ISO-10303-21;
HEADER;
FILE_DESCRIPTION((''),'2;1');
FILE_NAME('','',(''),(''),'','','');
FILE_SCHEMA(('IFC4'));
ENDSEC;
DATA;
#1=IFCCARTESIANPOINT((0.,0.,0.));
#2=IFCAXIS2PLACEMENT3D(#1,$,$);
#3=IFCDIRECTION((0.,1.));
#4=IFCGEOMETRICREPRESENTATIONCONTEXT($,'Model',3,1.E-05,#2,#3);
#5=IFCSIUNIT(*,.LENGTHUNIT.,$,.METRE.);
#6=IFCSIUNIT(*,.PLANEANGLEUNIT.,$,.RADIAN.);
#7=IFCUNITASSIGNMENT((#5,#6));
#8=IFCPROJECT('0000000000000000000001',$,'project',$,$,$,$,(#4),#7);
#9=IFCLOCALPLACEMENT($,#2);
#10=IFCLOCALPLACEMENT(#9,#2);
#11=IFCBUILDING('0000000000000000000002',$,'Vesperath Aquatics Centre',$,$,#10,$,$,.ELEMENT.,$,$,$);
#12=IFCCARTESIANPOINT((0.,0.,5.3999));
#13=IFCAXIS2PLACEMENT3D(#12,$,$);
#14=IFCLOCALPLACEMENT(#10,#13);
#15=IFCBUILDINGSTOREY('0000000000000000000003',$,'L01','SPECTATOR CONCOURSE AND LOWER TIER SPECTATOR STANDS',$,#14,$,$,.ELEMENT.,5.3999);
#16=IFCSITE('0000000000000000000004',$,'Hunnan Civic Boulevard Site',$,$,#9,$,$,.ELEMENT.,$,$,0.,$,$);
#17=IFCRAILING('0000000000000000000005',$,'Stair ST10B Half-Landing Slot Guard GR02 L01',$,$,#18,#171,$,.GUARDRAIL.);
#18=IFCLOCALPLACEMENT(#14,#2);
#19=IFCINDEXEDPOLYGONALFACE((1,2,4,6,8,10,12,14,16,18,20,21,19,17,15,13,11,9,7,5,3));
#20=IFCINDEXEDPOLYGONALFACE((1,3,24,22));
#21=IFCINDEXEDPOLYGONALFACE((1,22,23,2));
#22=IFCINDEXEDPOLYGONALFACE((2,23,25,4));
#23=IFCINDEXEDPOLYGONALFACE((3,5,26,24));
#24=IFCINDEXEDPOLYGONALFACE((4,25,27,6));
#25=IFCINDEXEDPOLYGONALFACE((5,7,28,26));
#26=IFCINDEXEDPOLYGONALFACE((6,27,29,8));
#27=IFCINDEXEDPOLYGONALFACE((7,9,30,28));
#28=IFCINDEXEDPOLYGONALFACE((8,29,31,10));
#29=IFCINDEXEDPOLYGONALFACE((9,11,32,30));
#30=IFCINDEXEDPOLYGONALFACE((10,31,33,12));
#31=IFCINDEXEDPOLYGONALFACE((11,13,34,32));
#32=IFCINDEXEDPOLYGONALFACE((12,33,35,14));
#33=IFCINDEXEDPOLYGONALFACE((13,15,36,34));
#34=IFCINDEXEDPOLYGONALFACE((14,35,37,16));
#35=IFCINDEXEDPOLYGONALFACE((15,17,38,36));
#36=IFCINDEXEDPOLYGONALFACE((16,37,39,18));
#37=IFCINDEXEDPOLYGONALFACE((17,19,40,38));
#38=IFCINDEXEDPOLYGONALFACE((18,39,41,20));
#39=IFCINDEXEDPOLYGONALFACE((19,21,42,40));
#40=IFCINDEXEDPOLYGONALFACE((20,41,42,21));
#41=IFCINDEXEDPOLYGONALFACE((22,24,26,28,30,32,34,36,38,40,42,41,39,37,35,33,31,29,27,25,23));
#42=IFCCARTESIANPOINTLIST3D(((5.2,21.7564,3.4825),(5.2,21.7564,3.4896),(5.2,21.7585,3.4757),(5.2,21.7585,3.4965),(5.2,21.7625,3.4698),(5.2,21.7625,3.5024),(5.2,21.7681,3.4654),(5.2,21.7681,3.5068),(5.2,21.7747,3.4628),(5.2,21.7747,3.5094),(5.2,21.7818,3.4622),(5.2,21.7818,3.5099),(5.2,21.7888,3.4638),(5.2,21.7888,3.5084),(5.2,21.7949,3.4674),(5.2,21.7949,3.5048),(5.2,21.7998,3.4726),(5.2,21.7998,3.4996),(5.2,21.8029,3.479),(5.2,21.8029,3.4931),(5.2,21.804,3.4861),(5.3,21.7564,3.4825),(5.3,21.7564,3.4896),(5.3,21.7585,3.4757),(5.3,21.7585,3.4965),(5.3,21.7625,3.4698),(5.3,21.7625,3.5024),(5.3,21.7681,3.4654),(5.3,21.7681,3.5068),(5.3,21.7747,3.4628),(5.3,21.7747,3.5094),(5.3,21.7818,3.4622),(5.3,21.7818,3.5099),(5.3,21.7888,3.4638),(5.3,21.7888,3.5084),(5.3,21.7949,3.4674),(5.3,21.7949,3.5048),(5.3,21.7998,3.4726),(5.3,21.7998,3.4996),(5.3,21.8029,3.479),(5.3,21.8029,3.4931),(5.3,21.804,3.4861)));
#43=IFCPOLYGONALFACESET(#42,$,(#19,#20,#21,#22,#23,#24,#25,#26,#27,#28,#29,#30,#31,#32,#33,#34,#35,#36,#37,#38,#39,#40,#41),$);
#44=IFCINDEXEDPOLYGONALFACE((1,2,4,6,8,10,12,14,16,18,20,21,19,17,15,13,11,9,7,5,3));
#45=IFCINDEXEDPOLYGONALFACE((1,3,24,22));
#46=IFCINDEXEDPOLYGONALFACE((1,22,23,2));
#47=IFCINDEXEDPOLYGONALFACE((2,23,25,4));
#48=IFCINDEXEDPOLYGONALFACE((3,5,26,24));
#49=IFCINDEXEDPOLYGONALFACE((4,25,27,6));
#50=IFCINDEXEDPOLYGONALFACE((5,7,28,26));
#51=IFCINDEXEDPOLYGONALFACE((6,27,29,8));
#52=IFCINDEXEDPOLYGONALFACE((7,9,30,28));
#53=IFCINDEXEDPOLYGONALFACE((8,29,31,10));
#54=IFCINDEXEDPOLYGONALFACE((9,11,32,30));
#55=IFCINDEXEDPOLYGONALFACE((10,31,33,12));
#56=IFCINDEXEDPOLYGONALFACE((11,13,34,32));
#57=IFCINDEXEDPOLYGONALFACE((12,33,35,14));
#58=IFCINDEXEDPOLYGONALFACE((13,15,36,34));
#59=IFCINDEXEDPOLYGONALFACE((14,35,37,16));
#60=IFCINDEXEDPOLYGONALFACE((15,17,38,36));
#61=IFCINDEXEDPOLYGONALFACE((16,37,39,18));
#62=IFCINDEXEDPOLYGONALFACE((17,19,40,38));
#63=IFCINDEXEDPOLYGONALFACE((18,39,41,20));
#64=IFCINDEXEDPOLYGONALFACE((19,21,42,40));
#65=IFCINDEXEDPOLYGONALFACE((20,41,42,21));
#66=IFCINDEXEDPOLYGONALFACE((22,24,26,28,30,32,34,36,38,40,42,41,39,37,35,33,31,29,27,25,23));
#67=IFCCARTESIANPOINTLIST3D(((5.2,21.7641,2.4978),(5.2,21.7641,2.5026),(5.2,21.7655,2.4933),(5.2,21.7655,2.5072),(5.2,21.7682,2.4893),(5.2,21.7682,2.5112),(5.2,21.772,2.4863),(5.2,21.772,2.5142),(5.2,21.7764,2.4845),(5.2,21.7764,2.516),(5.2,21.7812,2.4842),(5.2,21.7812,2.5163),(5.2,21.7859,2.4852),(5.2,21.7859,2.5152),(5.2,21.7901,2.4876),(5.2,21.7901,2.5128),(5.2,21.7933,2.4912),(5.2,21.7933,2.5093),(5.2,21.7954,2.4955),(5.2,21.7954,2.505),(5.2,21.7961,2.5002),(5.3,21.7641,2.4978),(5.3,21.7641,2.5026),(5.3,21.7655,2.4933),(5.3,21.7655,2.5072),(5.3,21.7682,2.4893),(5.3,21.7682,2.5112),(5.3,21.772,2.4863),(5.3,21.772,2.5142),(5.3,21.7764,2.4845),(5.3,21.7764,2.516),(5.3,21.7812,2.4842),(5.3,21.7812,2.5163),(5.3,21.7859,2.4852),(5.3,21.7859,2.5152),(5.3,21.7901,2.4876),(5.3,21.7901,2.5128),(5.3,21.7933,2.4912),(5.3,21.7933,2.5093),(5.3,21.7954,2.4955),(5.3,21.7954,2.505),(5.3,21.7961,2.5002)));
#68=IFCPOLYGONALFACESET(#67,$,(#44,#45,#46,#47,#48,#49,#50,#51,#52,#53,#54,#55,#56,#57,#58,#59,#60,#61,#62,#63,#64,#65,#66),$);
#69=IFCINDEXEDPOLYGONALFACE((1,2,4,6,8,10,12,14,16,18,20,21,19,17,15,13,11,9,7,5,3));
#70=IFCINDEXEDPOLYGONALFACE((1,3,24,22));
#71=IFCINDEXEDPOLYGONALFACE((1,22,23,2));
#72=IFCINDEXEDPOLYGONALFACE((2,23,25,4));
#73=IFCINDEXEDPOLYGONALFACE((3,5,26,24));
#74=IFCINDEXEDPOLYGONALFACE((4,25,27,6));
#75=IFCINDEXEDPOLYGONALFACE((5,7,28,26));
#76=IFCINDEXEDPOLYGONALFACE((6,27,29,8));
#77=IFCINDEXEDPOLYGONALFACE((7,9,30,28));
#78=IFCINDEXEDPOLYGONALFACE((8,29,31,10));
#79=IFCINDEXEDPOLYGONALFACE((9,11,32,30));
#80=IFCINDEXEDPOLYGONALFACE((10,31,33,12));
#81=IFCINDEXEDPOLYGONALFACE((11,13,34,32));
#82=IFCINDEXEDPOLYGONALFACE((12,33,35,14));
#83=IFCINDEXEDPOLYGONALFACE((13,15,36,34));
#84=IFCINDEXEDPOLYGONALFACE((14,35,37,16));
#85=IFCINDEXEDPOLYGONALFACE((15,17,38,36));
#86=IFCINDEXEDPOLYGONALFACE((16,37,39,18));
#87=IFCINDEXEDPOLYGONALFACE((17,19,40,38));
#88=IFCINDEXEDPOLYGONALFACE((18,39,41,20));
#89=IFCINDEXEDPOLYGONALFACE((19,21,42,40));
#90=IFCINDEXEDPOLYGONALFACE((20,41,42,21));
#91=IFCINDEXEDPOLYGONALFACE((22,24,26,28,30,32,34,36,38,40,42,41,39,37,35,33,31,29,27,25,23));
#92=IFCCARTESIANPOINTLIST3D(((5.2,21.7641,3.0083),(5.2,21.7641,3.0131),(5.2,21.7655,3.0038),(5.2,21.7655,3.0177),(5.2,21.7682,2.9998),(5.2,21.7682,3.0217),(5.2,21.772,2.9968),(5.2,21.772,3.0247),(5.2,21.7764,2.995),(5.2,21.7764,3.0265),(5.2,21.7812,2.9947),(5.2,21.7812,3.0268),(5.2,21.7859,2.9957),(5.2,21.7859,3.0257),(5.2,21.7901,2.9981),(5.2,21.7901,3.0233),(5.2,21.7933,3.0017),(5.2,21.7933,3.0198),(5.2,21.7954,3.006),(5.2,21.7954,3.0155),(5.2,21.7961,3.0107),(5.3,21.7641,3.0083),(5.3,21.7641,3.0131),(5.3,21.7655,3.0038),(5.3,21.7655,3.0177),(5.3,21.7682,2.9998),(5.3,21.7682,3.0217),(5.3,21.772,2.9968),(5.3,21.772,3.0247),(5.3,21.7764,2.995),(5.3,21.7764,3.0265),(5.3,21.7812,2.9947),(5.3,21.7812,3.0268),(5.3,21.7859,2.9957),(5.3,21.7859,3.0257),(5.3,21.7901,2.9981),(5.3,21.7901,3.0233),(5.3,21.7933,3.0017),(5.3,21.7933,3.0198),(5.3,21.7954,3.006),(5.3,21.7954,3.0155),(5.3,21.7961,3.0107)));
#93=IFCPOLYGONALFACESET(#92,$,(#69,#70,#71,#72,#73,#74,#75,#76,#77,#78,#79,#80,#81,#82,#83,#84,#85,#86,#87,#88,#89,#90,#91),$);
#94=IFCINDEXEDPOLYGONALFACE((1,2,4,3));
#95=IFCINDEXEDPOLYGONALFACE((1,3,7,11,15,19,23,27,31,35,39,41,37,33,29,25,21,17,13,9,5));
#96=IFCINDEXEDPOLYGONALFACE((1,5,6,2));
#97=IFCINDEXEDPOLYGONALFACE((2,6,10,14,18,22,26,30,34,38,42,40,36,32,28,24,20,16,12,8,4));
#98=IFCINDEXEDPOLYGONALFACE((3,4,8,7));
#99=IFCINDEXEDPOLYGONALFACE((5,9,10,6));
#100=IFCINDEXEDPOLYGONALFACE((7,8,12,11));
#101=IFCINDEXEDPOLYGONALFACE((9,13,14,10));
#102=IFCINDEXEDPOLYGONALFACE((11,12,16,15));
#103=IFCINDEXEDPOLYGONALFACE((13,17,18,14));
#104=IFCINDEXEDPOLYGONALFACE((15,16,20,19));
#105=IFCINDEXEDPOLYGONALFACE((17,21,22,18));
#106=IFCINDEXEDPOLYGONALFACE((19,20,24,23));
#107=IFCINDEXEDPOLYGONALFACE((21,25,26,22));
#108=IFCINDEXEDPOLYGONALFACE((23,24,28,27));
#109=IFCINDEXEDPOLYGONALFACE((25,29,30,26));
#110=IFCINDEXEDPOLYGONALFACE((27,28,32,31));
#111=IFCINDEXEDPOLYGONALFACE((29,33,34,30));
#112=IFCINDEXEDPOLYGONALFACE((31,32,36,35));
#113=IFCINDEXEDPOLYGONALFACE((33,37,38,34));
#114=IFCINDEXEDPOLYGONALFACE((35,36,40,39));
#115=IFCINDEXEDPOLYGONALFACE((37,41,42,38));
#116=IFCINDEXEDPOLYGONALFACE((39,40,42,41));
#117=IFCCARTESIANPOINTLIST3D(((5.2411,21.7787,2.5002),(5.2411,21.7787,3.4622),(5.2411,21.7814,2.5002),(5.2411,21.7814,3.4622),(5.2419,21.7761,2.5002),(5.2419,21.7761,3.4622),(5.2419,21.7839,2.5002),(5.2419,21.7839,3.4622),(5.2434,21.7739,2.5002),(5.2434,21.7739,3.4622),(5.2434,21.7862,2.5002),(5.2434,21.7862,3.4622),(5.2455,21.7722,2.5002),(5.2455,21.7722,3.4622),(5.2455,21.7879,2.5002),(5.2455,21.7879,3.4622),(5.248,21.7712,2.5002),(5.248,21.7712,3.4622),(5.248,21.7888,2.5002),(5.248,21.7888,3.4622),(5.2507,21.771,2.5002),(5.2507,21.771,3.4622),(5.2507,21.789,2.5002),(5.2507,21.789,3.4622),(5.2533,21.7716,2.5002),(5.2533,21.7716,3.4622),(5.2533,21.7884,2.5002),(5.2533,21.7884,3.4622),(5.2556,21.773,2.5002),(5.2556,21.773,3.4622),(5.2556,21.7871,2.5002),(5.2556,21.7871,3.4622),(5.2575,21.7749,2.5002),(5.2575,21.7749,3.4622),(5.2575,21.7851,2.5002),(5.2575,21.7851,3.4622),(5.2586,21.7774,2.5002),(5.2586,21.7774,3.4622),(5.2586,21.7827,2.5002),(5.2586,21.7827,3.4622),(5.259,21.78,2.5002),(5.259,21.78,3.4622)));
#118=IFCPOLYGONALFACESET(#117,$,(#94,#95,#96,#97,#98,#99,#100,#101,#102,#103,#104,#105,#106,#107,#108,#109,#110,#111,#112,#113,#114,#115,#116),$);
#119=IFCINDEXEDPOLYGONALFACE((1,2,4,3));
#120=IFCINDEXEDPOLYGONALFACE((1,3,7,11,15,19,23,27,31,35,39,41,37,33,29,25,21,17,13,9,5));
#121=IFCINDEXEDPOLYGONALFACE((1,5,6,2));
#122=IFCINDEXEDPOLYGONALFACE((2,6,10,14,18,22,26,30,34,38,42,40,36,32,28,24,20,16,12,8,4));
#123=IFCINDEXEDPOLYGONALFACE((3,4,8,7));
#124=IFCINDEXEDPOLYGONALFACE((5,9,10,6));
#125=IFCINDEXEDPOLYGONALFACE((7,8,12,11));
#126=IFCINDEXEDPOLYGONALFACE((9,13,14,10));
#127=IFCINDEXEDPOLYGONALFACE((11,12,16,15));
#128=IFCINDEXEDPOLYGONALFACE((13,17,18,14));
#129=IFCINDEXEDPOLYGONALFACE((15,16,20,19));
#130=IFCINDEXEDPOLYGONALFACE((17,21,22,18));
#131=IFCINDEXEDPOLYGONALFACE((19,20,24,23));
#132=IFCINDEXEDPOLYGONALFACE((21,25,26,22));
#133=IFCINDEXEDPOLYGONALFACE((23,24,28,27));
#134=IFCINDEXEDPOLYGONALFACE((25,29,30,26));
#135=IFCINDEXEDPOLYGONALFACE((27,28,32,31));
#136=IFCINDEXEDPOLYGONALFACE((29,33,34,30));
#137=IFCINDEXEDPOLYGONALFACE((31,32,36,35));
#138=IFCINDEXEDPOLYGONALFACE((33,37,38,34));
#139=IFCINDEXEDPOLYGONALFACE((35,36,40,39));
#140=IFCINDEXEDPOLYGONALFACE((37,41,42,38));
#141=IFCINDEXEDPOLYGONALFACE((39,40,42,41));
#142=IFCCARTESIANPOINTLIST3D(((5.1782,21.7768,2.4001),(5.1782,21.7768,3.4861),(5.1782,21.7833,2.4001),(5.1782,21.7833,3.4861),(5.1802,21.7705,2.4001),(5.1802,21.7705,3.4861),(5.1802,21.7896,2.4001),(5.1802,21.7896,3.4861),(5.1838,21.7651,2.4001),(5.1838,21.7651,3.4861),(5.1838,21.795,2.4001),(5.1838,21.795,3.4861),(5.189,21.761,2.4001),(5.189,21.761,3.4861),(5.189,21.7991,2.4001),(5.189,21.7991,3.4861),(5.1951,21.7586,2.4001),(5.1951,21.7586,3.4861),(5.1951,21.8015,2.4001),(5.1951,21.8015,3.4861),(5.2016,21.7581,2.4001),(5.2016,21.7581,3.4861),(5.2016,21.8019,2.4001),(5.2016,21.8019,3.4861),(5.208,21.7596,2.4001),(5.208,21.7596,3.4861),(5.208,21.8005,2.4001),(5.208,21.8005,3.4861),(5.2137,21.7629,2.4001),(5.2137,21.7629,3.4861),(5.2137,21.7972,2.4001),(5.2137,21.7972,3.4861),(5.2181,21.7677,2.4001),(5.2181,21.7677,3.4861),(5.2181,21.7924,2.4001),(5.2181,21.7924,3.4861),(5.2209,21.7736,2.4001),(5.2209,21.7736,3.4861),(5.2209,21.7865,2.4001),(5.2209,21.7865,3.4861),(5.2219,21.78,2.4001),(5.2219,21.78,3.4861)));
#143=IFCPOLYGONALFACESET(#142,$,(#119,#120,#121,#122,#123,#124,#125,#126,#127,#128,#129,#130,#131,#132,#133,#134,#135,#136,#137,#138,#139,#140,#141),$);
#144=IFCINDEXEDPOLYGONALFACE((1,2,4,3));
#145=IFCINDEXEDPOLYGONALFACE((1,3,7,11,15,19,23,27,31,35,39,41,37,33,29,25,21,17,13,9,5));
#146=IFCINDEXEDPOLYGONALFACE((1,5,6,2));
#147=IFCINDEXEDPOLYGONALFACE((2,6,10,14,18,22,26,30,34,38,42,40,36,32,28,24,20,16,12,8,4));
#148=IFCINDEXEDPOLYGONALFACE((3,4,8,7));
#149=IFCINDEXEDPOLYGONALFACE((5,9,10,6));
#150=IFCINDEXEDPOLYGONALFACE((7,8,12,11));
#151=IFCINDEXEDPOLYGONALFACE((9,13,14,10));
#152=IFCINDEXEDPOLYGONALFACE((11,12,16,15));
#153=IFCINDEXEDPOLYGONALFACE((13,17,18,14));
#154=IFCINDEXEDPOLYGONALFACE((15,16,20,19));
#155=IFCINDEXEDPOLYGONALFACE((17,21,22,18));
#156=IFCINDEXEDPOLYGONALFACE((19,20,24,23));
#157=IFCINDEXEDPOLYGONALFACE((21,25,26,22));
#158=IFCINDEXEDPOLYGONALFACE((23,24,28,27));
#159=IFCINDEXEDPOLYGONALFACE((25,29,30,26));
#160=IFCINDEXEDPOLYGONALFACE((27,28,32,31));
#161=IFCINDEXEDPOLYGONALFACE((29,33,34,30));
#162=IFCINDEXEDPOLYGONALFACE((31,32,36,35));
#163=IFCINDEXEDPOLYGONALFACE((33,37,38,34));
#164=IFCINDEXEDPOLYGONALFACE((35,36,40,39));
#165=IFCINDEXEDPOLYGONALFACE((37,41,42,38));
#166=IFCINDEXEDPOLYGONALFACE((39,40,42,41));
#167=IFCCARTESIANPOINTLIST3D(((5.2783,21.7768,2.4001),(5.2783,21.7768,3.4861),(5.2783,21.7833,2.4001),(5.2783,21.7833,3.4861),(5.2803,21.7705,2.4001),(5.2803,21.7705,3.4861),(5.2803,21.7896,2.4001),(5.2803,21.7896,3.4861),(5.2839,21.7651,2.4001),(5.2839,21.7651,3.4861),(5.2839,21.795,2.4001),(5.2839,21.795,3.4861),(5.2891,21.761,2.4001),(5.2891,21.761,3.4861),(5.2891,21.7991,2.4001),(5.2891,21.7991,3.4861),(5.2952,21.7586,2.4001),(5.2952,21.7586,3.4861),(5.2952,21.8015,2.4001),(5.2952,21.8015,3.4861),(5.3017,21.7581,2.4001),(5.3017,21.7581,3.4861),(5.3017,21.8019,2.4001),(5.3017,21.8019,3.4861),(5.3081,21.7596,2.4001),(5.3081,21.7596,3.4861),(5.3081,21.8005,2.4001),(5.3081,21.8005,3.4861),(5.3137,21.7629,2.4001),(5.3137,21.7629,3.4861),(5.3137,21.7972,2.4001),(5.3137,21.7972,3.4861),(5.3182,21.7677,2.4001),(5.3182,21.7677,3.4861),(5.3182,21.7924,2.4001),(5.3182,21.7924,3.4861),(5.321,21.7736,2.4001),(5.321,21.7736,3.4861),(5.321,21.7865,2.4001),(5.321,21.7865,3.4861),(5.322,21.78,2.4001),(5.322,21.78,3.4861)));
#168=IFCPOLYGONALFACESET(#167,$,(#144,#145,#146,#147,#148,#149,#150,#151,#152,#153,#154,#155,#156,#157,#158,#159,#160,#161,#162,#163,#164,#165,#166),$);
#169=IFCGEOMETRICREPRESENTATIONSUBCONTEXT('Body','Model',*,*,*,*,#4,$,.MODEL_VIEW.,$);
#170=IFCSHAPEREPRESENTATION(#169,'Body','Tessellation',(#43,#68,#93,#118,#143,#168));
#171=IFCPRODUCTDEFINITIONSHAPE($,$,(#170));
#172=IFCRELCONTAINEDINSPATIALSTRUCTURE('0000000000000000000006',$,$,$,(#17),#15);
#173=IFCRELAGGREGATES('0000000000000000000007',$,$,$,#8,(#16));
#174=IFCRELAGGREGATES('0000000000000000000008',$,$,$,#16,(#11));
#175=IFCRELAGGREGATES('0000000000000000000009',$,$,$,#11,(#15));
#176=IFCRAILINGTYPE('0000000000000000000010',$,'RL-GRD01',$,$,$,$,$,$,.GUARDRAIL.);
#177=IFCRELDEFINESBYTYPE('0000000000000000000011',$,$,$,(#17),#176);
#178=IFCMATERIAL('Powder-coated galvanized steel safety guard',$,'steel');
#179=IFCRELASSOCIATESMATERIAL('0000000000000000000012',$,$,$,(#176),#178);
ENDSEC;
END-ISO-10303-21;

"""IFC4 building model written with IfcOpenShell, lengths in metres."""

from ifc_helpers import new_model, si_unit, direction, frame, origin, origin_2d, place, context, subcontext, project, spatial, circle, extrude, material, type_object, element, save


model = new_model("IFC4")

# Units and contexts
model_context = context("Model", 3, precision=1e-05, world=origin(), true_north=direction((0.0, 1.0)))
body_context = subcontext(model_context, "Body", "Model", "MODEL_VIEW")
ifc_project = project(units=[si_unit("LENGTHUNIT", "METRE"), si_unit("PLANEANGLEUNIT", "RADIAN")], contexts=[model_context])

# Site, building, storey
site_placement = place(None, origin())
site = spatial("IfcSite", under=ifc_project, at=site_placement, Name="Hunnan Civic Boulevard Site", CompositionType="ELEMENT", RefElevation=0.0)
building_placement = place(site_placement, origin())
building = spatial("IfcBuilding", under=site, at=building_placement, Name="Vesperath Aquatics Centre", CompositionType="ELEMENT")
storey_placement = place(building_placement, frame((0.0, 0.0, 5.3999)))
storey = spatial("IfcBuildingStorey", under=building, at=storey_placement, Name="L01", Description="SPECTATOR CONCOURSE AND LOWER TIER SPECTATOR STANDS", CompositionType="ELEMENT", Elevation=5.3999)

# Railing
ifc_material_1 = material(Name="Powder-coated galvanized steel safety guard", Category="steel")
railing_type_1 = type_object("IfcRailingType", Name="RL-GRD01", PredefinedType="GUARDRAIL", material=ifc_material_1)
railing_1_placement = place(storey_placement, frame((5.2, 21.78, 2.4001)))
element("IfcRailing", 1, at=railing_1_placement, inside=storey, type_object=railing_type_1, Name="Stair ST10B Half-Landing Slot Guard GR02 L01", PredefinedType="GUARDRAIL", context=body_context, shape_type="SweptSolid", body=[
    extrude(circle(Radius=0.0239, at=origin_2d()), frame((0.0, 0.0, 1.0859), z_axis=(1.0, 0.0, 0.0), x_axis=(0.0, 1.0, 0.0)), (0.0, 0.0, 1.0), 0.1001),
    extrude(circle(Radius=0.0161, at=origin_2d()), frame((0.0, 0.0, 0.1001), z_axis=(1.0, 0.0, 0.0), x_axis=(0.0, 1.0, 0.0)), (0.0, 0.0, 1.0), 0.1001),
    extrude(circle(Radius=0.0161, at=origin_2d()), frame((0.0, 0.0, 0.6106), z_axis=(1.0, 0.0, 0.0), x_axis=(0.0, 1.0, 0.0)), (0.0, 0.0, 1.0), 0.1001),
    extrude(circle(Radius=0.009, at=origin_2d()), frame((0.05, 0.0, 0.1001)), (0.0, 0.0, 1.0), 0.9619),
    extrude(circle(Radius=0.022, at=origin_2d()), origin(), (0.0, 0.0, 1.0), 1.0859),
    extrude(circle(Radius=0.022, at=origin_2d()), frame((0.1001, 0.0, 0.0)), (0.0, 0.0, 1.0), 1.0859),
])

save(model, "model.ifc")
